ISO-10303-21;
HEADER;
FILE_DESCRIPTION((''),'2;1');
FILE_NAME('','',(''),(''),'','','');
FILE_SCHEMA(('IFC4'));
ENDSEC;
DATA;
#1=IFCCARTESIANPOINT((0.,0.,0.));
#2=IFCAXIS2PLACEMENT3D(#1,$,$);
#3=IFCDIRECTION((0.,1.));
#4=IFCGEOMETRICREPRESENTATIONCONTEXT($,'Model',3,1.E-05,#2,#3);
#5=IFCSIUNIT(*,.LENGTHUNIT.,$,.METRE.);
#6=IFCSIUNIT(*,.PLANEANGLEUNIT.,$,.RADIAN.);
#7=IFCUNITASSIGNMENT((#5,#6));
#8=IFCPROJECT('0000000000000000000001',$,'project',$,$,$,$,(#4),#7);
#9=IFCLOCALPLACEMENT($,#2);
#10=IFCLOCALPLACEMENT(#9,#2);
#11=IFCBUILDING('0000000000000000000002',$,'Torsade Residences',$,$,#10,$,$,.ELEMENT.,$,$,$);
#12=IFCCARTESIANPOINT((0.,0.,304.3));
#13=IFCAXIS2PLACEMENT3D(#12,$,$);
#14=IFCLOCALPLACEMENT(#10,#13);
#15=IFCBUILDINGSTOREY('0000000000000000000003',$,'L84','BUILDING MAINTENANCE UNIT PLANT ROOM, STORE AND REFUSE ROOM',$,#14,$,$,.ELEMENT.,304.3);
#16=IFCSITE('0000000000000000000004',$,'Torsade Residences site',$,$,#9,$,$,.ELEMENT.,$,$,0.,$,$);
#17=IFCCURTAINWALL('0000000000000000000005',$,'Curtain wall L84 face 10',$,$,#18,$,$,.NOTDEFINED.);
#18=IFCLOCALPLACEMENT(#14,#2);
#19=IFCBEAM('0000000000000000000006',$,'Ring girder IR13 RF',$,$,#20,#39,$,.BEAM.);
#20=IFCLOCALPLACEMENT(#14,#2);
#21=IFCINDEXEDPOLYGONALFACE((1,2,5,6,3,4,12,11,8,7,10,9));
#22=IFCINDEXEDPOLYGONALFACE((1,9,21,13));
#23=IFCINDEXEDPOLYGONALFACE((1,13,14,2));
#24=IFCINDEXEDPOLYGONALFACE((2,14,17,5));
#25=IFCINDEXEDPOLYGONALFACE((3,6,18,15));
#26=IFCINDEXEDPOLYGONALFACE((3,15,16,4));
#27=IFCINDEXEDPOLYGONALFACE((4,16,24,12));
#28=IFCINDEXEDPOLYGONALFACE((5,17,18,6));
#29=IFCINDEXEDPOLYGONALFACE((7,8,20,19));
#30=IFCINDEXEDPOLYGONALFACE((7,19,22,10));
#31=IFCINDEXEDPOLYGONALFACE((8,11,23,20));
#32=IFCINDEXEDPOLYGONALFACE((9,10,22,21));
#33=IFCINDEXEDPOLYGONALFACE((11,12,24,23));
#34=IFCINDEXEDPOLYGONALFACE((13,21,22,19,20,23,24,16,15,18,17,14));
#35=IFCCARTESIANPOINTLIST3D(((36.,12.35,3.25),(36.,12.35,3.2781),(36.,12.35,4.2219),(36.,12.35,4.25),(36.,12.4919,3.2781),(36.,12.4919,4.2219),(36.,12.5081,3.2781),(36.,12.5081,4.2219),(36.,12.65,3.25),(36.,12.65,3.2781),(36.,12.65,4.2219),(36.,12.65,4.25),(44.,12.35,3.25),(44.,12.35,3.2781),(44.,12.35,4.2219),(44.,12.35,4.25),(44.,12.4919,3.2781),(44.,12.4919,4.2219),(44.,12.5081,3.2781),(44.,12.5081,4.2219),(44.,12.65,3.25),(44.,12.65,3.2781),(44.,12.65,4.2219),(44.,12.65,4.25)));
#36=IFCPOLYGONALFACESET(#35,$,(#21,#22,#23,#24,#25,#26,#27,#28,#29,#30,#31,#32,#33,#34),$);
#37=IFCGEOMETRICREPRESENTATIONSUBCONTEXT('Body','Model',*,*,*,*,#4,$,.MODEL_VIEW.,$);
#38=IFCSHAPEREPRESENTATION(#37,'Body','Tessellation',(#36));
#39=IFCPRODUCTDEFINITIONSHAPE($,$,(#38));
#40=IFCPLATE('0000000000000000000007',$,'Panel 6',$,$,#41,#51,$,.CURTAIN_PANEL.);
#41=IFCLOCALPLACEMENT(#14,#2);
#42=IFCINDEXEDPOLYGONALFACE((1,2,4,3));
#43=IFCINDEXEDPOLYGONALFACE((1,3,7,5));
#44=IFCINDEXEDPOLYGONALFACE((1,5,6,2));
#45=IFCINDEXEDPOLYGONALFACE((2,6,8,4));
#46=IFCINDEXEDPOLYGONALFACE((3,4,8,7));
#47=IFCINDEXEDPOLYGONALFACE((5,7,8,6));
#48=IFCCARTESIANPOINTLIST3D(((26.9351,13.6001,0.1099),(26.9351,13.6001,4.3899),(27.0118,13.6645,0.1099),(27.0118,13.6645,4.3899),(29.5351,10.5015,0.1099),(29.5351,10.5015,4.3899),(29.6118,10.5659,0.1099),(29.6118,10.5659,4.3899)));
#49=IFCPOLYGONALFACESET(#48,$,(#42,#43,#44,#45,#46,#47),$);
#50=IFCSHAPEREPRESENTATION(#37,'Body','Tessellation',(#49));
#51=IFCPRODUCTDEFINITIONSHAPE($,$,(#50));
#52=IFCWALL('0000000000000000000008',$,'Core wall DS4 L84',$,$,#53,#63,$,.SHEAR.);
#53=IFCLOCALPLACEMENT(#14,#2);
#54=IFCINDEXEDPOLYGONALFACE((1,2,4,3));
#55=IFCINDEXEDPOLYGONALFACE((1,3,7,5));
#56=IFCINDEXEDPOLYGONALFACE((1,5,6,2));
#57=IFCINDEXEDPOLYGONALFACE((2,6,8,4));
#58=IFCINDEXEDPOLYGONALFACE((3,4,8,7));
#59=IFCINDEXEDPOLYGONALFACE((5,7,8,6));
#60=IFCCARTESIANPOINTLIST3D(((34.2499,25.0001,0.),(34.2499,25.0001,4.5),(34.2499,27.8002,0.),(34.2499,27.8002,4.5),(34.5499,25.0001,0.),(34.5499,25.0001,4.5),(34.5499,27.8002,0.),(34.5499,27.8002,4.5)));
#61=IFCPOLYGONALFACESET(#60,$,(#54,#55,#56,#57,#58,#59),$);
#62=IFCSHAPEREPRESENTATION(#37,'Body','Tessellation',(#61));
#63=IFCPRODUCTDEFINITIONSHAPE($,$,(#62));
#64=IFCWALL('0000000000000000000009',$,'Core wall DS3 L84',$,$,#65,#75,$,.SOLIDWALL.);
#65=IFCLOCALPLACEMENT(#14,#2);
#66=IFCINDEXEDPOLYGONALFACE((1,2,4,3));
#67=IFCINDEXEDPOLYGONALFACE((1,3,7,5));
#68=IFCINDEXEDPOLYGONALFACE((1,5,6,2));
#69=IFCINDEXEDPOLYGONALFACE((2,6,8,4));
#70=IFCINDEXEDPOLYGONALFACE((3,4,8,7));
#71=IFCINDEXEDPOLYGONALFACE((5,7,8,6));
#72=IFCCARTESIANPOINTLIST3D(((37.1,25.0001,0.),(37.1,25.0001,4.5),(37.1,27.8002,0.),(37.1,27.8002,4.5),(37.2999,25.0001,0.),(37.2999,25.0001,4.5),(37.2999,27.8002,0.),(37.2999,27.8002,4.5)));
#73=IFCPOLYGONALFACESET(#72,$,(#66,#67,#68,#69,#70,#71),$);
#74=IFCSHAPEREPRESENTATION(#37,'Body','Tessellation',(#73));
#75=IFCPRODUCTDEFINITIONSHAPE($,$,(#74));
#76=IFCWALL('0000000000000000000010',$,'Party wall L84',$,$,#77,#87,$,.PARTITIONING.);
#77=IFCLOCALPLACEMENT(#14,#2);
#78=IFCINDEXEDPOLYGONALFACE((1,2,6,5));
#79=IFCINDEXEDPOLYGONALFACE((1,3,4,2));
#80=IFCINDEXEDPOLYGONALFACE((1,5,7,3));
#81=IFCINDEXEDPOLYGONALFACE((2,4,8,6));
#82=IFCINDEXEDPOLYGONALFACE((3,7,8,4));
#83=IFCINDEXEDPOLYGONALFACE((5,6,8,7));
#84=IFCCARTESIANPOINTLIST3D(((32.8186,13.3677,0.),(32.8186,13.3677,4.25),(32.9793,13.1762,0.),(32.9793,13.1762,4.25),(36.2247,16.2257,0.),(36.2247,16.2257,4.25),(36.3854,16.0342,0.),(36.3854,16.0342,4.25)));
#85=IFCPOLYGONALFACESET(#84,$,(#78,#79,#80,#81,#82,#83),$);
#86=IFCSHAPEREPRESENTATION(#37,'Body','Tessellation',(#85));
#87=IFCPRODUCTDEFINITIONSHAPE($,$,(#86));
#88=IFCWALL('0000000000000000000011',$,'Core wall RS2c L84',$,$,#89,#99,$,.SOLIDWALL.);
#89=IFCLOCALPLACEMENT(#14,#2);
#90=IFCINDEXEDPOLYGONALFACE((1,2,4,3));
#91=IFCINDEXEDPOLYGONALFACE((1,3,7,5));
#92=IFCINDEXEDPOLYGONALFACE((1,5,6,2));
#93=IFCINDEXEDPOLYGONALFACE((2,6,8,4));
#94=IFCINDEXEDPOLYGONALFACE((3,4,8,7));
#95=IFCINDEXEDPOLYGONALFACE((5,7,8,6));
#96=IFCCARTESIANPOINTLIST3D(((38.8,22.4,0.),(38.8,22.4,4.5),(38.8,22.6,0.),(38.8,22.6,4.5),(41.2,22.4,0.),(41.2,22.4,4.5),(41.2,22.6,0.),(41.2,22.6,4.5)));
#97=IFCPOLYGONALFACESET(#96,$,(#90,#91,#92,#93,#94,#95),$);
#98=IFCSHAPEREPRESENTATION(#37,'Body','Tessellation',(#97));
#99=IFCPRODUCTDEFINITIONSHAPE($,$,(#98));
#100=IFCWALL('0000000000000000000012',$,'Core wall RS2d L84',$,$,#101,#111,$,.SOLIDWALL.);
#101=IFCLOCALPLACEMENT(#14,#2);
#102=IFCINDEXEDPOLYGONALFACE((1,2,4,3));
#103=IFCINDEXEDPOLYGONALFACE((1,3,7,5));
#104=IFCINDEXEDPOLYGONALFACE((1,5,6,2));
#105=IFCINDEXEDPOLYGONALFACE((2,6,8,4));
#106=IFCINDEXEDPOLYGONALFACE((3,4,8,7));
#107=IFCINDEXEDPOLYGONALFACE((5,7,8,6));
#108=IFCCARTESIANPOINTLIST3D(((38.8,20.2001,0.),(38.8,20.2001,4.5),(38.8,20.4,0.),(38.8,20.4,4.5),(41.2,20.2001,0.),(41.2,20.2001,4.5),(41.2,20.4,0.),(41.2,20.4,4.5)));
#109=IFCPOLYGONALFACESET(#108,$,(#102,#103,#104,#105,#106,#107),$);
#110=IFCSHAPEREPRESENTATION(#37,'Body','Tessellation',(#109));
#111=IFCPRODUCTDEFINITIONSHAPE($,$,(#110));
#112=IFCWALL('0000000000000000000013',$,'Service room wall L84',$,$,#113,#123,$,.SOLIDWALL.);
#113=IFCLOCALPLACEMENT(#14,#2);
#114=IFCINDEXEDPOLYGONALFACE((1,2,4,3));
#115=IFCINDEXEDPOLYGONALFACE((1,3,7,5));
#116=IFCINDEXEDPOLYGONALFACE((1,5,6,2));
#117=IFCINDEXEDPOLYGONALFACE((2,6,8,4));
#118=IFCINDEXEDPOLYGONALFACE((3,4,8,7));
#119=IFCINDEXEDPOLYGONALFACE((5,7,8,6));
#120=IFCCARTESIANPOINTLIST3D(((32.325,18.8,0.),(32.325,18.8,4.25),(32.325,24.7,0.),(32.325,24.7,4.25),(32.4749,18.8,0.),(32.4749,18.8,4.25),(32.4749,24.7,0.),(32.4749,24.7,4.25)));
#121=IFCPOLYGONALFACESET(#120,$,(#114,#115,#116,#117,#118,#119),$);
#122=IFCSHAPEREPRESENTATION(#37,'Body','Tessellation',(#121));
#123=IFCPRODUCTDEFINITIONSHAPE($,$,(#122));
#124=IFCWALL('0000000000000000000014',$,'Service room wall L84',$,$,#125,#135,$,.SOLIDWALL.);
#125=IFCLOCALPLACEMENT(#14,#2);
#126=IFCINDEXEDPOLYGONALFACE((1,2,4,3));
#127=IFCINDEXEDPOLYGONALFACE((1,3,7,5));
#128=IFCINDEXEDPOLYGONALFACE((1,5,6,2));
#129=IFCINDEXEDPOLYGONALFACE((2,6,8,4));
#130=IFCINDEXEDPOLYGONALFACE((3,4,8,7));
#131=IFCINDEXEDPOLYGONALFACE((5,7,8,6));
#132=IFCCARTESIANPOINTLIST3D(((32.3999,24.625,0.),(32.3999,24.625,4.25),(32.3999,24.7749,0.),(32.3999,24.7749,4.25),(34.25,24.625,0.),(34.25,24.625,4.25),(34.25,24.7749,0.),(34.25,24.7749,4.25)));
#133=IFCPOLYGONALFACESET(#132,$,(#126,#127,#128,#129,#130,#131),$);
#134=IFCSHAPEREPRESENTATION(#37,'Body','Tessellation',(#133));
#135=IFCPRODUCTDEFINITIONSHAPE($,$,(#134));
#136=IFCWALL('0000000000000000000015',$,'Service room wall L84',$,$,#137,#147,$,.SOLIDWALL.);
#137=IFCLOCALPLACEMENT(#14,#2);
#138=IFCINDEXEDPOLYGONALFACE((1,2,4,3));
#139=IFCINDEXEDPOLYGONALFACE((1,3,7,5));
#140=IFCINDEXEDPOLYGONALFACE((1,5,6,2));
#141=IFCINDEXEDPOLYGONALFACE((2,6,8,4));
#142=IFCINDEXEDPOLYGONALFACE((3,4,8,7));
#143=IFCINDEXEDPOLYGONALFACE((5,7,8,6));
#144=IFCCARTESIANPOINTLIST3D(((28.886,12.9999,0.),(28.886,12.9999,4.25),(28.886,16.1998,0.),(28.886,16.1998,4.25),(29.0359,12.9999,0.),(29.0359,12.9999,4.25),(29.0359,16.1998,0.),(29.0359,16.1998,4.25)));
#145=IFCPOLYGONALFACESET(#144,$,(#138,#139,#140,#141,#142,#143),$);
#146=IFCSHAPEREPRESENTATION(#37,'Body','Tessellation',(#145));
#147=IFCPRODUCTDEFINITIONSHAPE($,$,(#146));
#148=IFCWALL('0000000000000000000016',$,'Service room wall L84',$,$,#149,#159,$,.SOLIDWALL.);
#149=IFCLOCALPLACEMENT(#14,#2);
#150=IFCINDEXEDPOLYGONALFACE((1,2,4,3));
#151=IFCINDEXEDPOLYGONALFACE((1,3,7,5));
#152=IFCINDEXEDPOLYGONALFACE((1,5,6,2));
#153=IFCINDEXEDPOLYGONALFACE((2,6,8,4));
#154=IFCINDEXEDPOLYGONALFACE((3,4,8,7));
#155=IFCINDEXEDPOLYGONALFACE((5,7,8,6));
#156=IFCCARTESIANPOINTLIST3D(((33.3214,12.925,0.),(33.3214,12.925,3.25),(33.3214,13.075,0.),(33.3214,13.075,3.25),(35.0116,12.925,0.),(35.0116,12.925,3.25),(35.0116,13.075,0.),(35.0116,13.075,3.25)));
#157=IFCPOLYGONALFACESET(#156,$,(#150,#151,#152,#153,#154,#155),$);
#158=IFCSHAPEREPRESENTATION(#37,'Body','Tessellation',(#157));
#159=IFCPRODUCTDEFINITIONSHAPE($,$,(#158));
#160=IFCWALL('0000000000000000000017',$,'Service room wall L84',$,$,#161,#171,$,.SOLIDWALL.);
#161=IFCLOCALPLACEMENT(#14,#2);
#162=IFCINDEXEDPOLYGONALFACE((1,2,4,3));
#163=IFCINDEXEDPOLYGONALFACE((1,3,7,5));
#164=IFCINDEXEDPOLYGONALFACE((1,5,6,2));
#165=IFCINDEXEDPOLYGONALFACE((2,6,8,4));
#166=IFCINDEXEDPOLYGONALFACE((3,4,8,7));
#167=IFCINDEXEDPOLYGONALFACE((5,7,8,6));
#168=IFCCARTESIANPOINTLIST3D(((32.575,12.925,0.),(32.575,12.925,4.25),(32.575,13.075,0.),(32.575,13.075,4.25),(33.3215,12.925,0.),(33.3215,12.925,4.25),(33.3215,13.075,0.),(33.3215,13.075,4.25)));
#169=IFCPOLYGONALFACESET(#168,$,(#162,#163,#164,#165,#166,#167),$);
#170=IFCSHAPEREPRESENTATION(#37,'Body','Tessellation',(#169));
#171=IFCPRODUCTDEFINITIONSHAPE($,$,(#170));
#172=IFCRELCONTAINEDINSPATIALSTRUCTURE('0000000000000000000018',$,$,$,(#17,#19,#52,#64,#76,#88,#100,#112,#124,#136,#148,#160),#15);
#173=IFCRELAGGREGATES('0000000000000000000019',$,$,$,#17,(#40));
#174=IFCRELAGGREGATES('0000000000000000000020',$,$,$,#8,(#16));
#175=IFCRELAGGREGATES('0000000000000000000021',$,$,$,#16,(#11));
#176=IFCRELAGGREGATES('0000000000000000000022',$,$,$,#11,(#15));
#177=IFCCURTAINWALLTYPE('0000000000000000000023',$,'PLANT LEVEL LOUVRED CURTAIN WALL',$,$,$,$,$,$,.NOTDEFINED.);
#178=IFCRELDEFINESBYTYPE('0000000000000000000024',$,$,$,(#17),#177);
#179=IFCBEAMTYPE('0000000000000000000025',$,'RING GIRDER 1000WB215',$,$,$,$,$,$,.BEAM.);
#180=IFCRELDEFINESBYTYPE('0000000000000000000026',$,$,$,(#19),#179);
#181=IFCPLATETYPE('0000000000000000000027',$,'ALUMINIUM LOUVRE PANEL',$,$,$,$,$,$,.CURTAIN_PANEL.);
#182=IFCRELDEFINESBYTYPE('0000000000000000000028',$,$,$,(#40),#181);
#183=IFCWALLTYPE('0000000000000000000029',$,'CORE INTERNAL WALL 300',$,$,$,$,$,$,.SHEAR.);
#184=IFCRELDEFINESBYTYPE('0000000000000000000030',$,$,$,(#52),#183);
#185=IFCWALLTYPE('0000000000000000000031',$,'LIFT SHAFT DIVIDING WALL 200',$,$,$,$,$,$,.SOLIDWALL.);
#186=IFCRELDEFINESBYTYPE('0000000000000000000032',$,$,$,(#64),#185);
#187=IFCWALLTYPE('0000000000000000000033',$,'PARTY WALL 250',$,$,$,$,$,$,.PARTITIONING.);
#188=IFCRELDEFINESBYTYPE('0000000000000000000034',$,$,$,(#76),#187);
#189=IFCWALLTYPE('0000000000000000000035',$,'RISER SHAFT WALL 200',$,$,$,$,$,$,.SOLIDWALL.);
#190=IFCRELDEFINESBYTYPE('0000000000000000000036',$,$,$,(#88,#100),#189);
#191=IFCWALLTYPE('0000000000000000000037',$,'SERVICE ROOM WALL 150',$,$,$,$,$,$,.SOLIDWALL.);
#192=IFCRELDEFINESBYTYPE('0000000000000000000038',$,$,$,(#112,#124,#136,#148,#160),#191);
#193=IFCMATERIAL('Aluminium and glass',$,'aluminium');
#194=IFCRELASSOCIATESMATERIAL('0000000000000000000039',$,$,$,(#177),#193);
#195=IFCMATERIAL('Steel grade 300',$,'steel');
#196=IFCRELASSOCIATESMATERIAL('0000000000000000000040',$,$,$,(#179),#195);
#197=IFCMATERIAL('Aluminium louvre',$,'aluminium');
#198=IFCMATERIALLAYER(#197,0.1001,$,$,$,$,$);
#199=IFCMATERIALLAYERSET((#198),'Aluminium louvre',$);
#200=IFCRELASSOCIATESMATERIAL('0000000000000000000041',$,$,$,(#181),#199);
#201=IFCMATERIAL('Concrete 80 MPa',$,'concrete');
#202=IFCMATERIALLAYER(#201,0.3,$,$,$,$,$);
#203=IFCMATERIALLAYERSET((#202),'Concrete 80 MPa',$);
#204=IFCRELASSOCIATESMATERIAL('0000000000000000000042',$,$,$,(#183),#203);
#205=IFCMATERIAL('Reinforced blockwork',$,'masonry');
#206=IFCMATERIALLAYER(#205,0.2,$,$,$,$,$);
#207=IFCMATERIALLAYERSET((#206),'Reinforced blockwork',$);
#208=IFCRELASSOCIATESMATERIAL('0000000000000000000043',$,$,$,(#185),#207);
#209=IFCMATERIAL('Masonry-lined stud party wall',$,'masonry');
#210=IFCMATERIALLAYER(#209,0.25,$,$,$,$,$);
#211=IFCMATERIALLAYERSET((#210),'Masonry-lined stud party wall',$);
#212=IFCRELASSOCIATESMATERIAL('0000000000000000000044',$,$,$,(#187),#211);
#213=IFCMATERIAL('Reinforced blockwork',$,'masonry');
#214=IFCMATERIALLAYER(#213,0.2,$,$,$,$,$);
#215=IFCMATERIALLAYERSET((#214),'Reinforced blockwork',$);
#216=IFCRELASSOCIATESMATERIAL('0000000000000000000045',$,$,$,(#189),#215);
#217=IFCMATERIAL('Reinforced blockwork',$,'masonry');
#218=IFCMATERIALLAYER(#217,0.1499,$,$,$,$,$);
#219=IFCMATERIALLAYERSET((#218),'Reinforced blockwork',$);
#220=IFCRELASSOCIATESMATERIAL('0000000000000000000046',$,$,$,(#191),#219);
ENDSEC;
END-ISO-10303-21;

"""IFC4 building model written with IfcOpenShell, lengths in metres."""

from ifc_helpers import new_model, si_unit, direction, frame, frame_2d, origin, origin_2d, place, context, subcontext, project, spatial, rectangle, i_section, extrude, material, layer, layer_set, material_profile, profile_set, type_object, element, aggregate, save


model = new_model("IFC4")

# Units and contexts
model_context = context("Model", 3, precision=1e-05, world=origin(), true_north=direction((0.0, 1.0)))
body_context = subcontext(model_context, "Body", "Model", "MODEL_VIEW")
ifc_project = project(units=[si_unit("LENGTHUNIT", "METRE"), si_unit("PLANEANGLEUNIT", "RADIAN")], contexts=[model_context])

# Site, building, storey
site_placement = place(None, origin())
site = spatial("IfcSite", under=ifc_project, at=site_placement, Name="Torsade Residences site", CompositionType="ELEMENT", RefElevation=0.0)
building_placement = place(site_placement, origin())
building = spatial("IfcBuilding", under=site, at=building_placement, Name="Torsade Residences", CompositionType="ELEMENT")
storey_placement = place(building_placement, frame((0.0, 0.0, 304.3)))
storey = spatial("IfcBuildingStorey", under=building, at=storey_placement, Name="L84", Description="BUILDING MAINTENANCE UNIT PLANT ROOM, STORE AND REFUSE ROOM", CompositionType="ELEMENT", Elevation=304.3)

# Curtain wall
ifc_material_1 = material(Name="Aluminium and glass", Category="aluminium")
curtain_wall_type = type_object("IfcCurtainWallType", Name="PLANT LEVEL LOUVRED CURTAIN WALL", PredefinedType="NOTDEFINED", material=ifc_material_1)
curtain_wall_placement = place(storey_placement, origin())
curtain_wall = element("IfcCurtainWall", 1, at=curtain_wall_placement, inside=storey, type_object=curtain_wall_type, Name="Curtain wall L84 face 10", PredefinedType="NOTDEFINED")

# Beam
ifc_material_2 = material(Name="Steel grade 300", Category="steel")
ifc_material_profile_1 = material_profile(ifc_material_2, i_section(OverallWidth=0.3, OverallDepth=1.0, WebThickness=0.0161, FlangeThickness=0.0281, at=origin_2d()), Name="1000WB215")
ifc_profile_set_1 = profile_set([ifc_material_profile_1], Name="Steel grade 300")
beam_type_1 = type_object("IfcBeamType", Name="RING GIRDER 1000WB215", PredefinedType="BEAM", material=ifc_profile_set_1)
beam_1_placement = place(storey_placement, frame((36.0, 12.5, 3.75), z_axis=(1.0, 0.0, 0.0), x_axis=(0.0, 1.0, 0.0)))
element("IfcBeam", 2, at=beam_1_placement, inside=storey, type_object=beam_type_1, Name="Ring girder IR13 RF", PredefinedType="BEAM", context=body_context, shape_type="SweptSolid", body=[
    extrude(i_section(OverallWidth=0.3, OverallDepth=1.0, WebThickness=0.0161, FlangeThickness=0.0281, at=origin_2d()), origin(), (0.0, 0.0, 1.0), 8.0),
])

# Plate
ifc_material_3 = material(Name="Aluminium louvre", Category="aluminium")
ifc_layer_1 = layer(ifc_material_3, 0.1001)
ifc_layer_set_1 = layer_set([ifc_layer_1], Name="Aluminium louvre")
plate_type = type_object("IfcPlateType", Name="ALUMINIUM LOUVRE PANEL", PredefinedType="CURTAIN_PANEL", material=ifc_layer_set_1)
plate_placement = place(storey_placement, frame((28.2734, 12.083, 0.1099), z_axis=(0.0, 0.0, 1.0), x_axis=(0.642788, -0.766044, 0.0)))
plate = element("IfcPlate", 3, at=plate_placement, type_object=plate_type, Name="Panel 6", PredefinedType="CURTAIN_PANEL", context=body_context, shape_type="SweptSolid", body=[
    extrude(rectangle(XDim=4.0449, YDim=0.1001, at=origin_2d()), origin(), (0.0, 0.0, 1.0), 4.28),
])
aggregate(curtain_wall, [plate])

# Walls
ifc_material_4 = material(Name="Concrete 80 MPa", Category="concrete")
ifc_layer_2 = layer(ifc_material_4, 0.3)
ifc_layer_set_2 = layer_set([ifc_layer_2], Name="Concrete 80 MPa")
wall_type_1 = type_object("IfcWallType", Name="CORE INTERNAL WALL 300", PredefinedType="SHEAR", material=ifc_layer_set_2)
wall_1_placement = place(storey_placement, frame((34.3999, 27.8, 0.0), z_axis=(0.0, 0.0, 1.0), x_axis=(0.0, -1.0, 0.0)))
element("IfcWall", 4, at=wall_1_placement, inside=storey, type_object=wall_type_1, Name="Core wall DS4 L84", PredefinedType="SHEAR", context=body_context, shape_type="SweptSolid", body=[
    extrude(rectangle(XDim=2.8, YDim=0.3, at=frame_2d((1.3999, 0.0))), origin(), (0.0, 0.0, 1.0), 4.5),
])
ifc_material_5 = material(Name="Reinforced blockwork", Category="masonry")
ifc_layer_3 = layer(ifc_material_5, 0.2)
ifc_layer_set_3 = layer_set([ifc_layer_3], Name="Reinforced blockwork")
wall_type_2 = type_object("IfcWallType", Name="LIFT SHAFT DIVIDING WALL 200", PredefinedType="SOLIDWALL", material=ifc_layer_set_3)
wall_2_placement = place(storey_placement, frame((37.2, 27.8, 0.0), z_axis=(0.0, 0.0, 1.0), x_axis=(0.0, -1.0, 0.0)))
element("IfcWall", 5, at=wall_2_placement, inside=storey, type_object=wall_type_2, Name="Core wall DS3 L84", PredefinedType="SOLIDWALL", context=body_context, shape_type="SweptSolid", body=[
    extrude(rectangle(XDim=2.8, YDim=0.2, at=frame_2d((1.3999, 0.0))), origin(), (0.0, 0.0, 1.0), 4.5),
])
ifc_material_6 = material(Name="Masonry-lined stud party wall", Category="masonry")
ifc_layer_4 = layer(ifc_material_6, 0.25)
ifc_layer_set_4 = layer_set([ifc_layer_4], Name="Masonry-lined stud party wall")
wall_type_3 = type_object("IfcWallType", Name="PARTY WALL 250", PredefinedType="PARTITIONING", material=ifc_layer_set_4)
wall_3_placement = place(storey_placement, frame((32.8989, 13.272, 0.0), z_axis=(0.0, 0.0, 1.0), x_axis=(0.766052, 0.642779, 0.0)))
element("IfcWall", 6, at=wall_3_placement, inside=storey, type_object=wall_type_3, Name="Party wall L84", PredefinedType="PARTITIONING", context=body_context, shape_type="SweptSolid", body=[
    extrude(rectangle(XDim=4.4463, YDim=0.25, at=frame_2d((2.2231, 0.0))), origin(), (0.0, 0.0, 1.0), 4.25),
])
ifc_material_7 = material(Name="Reinforced blockwork", Category="masonry")
ifc_layer_5 = layer(ifc_material_7, 0.2)
ifc_layer_set_5 = layer_set([ifc_layer_5], Name="Reinforced blockwork")
wall_type_4 = type_object("IfcWallType", Name="RISER SHAFT WALL 200", PredefinedType="SOLIDWALL", material=ifc_layer_set_5)
for number, where, z_axis, x_axis, name in (
    (7, (38.8, 22.5, 0.0), (0.0, 0.0, 1.0), (1.0, 0.0, 0.0), "Core wall RS2c L84"),
    (8, (38.8, 20.3, 0.0), (0.0, 0.0, 1.0), (1.0, 0.0, 0.0), "Core wall RS2d L84"),
):
    element("IfcWall", number, at=place(storey_placement, frame(where, z_axis=z_axis, x_axis=x_axis)), inside=storey, type_object=wall_type_4, Name=name, PredefinedType="SOLIDWALL", context=body_context, shape_type="SweptSolid", body=[
        extrude(rectangle(XDim=2.3999, YDim=0.2, at=frame_2d((1.2, 0.0))), origin(), (0.0, 0.0, 1.0), 4.5),
    ])
ifc_material_8 = material(Name="Reinforced blockwork", Category="masonry")
ifc_layer_6 = layer(ifc_material_8, 0.1499)
ifc_layer_set_6 = layer_set([ifc_layer_6], Name="Reinforced blockwork")
wall_type_5 = type_object("IfcWallType", Name="SERVICE ROOM WALL 150", PredefinedType="SOLIDWALL", material=ifc_layer_set_6)
wall_4_placement = place(storey_placement, frame((32.3999, 18.8, 0.0), z_axis=(0.0, 0.0, 1.0), x_axis=(0.0, 1.0, 0.0)))
element("IfcWall", 9, at=wall_4_placement, inside=storey, type_object=wall_type_5, Name="Service room wall L84", PredefinedType="SOLIDWALL", context=body_context, shape_type="SweptSolid", body=[
    extrude(rectangle(XDim=5.8999, YDim=0.1499, at=frame_2d((2.95, 0.0))), origin(), (0.0, 0.0, 1.0), 4.25),
])
wall_5_placement = place(storey_placement, frame((32.3999, 24.7, 0.0), z_axis=(0.0, 0.0, 1.0), x_axis=(1.0, 0.0, 0.0)))
element("IfcWall", 10, at=wall_5_placement, inside=storey, type_object=wall_type_5, Name="Service room wall L84", PredefinedType="SOLIDWALL", context=body_context, shape_type="SweptSolid", body=[
    extrude(rectangle(XDim=1.8501, YDim=0.1499, at=frame_2d((0.925, 0.0))), origin(), (0.0, 0.0, 1.0), 4.25),
])
wall_6_placement = place(storey_placement, frame((28.9609, 16.2, 0.0), z_axis=(0.0, 0.0, 1.0), x_axis=(0.0, -1.0, 0.0)))
element("IfcWall", 11, at=wall_6_placement, inside=storey, type_object=wall_type_5, Name="Service room wall L84", PredefinedType="SOLIDWALL", context=body_context, shape_type="SweptSolid", body=[
    extrude(rectangle(XDim=3.2, YDim=0.1499, at=frame_2d((1.6001, 0.0))), origin(), (0.0, 0.0, 1.0), 4.25),
])
wall_7_placement = place(storey_placement, frame((35.0117, 13.0, 0.0), z_axis=(0.0, 0.0, 1.0), x_axis=(-1.0, 0.0, 0.0)))
element("IfcWall", 12, at=wall_7_placement, inside=storey, type_object=wall_type_5, Name="Service room wall L84", PredefinedType="SOLIDWALL", context=body_context, shape_type="SweptSolid", body=[
    extrude(rectangle(XDim=1.6902, YDim=0.1499, at=frame_2d((0.8452, 0.0))), origin(), (0.0, 0.0, 1.0), 3.25),
])
wall_8_placement = place(storey_placement, frame((33.3215, 13.0, 0.0), z_axis=(0.0, 0.0, 1.0), x_axis=(-1.0, 0.0, 0.0)))
element("IfcWall", 13, at=wall_8_placement, inside=storey, type_object=wall_type_5, Name="Service room wall L84", PredefinedType="SOLIDWALL", context=body_context, shape_type="SweptSolid", body=[
    extrude(rectangle(XDim=0.7466, YDim=0.1499, at=frame_2d((0.3733, 0.0))), origin(), (0.0, 0.0, 1.0), 4.25),
])

save(model, "model.ifc")
